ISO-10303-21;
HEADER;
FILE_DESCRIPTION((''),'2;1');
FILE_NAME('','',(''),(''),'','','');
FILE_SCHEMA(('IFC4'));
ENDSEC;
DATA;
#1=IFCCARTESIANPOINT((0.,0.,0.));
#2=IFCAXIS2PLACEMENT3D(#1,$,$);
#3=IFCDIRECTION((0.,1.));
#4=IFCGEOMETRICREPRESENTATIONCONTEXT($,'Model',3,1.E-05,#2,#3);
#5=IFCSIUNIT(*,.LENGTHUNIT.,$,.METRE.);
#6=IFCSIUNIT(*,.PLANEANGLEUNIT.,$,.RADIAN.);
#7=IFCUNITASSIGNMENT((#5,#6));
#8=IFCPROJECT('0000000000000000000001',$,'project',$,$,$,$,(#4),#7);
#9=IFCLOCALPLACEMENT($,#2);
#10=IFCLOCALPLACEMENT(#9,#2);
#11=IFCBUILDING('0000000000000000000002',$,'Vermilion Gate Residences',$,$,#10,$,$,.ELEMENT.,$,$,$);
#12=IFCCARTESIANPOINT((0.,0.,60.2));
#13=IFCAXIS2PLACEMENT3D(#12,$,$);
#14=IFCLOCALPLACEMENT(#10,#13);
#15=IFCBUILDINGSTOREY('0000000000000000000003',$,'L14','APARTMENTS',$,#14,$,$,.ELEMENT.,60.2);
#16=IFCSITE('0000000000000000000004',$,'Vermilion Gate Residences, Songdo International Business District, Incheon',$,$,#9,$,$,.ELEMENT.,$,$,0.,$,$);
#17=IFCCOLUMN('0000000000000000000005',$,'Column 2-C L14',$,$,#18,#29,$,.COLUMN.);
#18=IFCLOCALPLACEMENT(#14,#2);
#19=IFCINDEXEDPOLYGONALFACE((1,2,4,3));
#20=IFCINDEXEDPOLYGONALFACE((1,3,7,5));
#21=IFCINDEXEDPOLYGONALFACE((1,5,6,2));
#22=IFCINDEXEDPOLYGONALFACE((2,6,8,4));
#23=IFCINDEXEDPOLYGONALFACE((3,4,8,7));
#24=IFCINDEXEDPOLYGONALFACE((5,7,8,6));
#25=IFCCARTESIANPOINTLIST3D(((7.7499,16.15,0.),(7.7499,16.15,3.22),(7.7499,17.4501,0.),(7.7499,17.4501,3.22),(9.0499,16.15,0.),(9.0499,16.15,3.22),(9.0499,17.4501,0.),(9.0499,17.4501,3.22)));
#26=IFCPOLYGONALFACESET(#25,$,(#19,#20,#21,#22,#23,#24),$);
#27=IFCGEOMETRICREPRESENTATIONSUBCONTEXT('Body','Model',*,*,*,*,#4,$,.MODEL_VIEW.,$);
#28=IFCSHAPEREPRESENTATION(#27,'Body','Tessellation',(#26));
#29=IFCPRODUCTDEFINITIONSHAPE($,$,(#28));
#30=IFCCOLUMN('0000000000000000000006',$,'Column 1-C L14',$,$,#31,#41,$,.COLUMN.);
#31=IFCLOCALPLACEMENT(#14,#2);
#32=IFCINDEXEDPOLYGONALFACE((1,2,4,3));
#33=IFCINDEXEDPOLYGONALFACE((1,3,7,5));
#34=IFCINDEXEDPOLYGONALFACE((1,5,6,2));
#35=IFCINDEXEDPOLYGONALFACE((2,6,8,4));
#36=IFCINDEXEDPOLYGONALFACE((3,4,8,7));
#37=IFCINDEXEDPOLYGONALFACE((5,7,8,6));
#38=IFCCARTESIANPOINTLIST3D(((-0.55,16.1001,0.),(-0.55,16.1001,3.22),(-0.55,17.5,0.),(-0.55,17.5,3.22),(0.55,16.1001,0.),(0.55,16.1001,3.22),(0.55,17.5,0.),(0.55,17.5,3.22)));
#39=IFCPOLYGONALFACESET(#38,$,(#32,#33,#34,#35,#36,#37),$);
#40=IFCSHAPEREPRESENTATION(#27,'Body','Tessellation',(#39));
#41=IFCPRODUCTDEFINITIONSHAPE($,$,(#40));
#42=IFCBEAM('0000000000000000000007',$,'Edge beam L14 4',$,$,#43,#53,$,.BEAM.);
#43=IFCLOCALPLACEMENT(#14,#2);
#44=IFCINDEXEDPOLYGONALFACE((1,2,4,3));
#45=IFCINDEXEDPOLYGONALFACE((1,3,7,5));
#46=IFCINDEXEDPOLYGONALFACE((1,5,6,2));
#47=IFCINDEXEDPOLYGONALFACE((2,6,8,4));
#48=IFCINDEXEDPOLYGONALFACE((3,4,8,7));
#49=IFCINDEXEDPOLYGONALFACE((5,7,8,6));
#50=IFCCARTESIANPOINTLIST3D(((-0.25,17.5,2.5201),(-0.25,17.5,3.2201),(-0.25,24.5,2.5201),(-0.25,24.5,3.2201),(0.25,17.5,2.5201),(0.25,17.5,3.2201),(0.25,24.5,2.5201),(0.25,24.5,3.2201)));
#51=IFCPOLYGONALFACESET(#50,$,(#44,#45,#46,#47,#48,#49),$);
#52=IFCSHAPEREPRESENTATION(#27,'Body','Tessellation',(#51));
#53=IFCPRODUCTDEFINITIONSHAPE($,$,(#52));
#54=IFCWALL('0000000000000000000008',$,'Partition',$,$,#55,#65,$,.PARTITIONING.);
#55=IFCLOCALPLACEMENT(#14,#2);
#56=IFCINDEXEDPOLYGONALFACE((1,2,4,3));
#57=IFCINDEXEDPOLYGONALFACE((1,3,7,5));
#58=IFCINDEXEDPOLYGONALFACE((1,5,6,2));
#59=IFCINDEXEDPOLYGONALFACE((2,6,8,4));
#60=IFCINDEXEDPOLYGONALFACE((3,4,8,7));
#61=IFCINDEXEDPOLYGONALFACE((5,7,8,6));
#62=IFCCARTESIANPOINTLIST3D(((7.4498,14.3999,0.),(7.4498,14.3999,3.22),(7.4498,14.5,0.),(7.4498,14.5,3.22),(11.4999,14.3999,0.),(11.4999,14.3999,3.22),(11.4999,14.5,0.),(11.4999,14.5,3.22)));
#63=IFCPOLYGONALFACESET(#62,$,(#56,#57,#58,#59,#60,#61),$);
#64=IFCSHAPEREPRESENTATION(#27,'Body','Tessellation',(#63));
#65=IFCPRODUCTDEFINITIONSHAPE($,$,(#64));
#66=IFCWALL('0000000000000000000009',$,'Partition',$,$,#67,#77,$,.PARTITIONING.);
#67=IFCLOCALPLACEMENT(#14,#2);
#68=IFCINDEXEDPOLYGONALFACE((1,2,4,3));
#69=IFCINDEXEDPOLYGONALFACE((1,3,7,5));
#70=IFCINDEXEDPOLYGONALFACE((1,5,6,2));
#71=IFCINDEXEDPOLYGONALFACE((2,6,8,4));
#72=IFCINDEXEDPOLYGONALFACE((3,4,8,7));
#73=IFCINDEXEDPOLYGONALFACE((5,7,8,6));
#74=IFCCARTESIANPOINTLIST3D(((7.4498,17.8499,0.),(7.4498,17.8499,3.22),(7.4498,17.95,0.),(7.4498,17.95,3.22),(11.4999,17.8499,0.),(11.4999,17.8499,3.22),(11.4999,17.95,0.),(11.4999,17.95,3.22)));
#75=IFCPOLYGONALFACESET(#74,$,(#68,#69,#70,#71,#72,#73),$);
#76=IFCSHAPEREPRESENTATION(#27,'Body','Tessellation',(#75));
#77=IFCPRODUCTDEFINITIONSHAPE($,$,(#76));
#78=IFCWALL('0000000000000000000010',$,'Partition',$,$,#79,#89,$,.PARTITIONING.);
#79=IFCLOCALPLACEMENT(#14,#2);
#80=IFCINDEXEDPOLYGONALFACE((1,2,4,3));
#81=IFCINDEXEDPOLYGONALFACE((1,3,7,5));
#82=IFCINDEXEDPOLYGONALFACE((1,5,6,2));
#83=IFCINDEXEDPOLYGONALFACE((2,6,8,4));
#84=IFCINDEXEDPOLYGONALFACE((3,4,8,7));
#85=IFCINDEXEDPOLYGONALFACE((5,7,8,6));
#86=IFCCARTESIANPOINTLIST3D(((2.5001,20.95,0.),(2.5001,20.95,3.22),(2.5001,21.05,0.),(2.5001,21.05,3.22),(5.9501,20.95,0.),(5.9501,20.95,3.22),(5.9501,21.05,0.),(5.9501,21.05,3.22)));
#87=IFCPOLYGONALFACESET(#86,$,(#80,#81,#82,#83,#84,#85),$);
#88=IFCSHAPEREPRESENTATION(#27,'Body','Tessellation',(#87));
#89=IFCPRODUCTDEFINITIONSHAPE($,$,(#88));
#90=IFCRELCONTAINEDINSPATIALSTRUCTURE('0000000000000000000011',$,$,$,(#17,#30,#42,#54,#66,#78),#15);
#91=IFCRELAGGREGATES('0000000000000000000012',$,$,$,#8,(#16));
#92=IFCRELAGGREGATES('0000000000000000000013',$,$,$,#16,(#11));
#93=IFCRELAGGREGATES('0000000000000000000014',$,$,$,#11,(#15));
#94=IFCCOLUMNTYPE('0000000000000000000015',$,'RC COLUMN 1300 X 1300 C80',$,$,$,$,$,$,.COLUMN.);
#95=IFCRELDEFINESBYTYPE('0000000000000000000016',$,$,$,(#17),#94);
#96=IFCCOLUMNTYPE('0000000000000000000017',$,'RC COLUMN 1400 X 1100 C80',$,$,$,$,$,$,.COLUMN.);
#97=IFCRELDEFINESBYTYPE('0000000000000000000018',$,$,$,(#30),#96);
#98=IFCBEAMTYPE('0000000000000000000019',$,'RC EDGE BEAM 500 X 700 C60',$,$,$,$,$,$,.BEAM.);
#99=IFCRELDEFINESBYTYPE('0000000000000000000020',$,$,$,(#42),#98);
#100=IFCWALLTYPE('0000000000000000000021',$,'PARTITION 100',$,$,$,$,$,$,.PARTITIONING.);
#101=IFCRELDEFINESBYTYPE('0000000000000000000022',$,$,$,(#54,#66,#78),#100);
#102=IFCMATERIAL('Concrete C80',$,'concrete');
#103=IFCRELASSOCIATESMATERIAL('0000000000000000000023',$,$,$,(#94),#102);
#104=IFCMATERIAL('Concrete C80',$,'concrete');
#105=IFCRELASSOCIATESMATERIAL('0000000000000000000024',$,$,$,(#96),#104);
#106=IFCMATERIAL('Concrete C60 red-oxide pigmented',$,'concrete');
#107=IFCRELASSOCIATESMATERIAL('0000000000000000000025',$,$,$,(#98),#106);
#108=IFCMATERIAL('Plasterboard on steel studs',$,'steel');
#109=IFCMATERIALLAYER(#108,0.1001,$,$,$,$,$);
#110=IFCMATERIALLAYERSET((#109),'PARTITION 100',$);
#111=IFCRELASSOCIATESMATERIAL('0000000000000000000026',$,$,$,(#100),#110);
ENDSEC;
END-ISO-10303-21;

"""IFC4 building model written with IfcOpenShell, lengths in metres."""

from ifc_helpers import new_model, si_unit, direction, frame, frame_2d, origin, origin_2d, place, context, subcontext, project, spatial, rectangle, extrude, material, layer, layer_set, material_profile, profile_set, type_object, element, save


model = new_model("IFC4")

# Units and contexts
model_context = context("Model", 3, precision=1e-05, world=origin(), true_north=direction((0.0, 1.0)))
body_context = subcontext(model_context, "Body", "Model", "MODEL_VIEW")
ifc_project = project(units=[si_unit("LENGTHUNIT", "METRE"), si_unit("PLANEANGLEUNIT", "RADIAN")], contexts=[model_context])

# Site, building, storey
site_placement = place(None, origin())
site = spatial("IfcSite", under=ifc_project, at=site_placement, Name="Vermilion Gate Residences, Songdo International Business District, Incheon", CompositionType="ELEMENT", RefElevation=0.0)
building_placement = place(site_placement, origin())
building = spatial("IfcBuilding", under=site, at=building_placement, Name="Vermilion Gate Residences", CompositionType="ELEMENT")
storey_placement = place(building_placement, frame((0.0, 0.0, 60.2)))
storey = spatial("IfcBuildingStorey", under=building, at=storey_placement, Name="L14", Description="APARTMENTS", CompositionType="ELEMENT", Elevation=60.2)

# Columns
ifc_material_1 = material(Name="Concrete C80", Category="concrete")
ifc_material_profile_1 = material_profile(ifc_material_1, rectangle(XDim=1.3, YDim=1.3, at=origin_2d()), Name="RC-1300x1300")
ifc_profile_set_1 = profile_set([ifc_material_profile_1], Name="Concrete C80")
column_type_1 = type_object("IfcColumnType", Name="RC COLUMN 1300 X 1300 C80", PredefinedType="COLUMN", material=ifc_profile_set_1)
column_1_placement = place(storey_placement, frame((8.3999, 16.8, 0.0), z_axis=(0.0, 0.0, 1.0), x_axis=(1.0, 0.0, 0.0)))
element("IfcColumn", 1, at=column_1_placement, inside=storey, type_object=column_type_1, Name="Column 2-C L14", PredefinedType="COLUMN", context=body_context, shape_type="SweptSolid", body=[
    extrude(rectangle(XDim=1.3, YDim=1.3, at=origin_2d()), origin(), (0.0, 0.0, 1.0), 3.22),
])
ifc_material_2 = material(Name="Concrete C80", Category="concrete")
ifc_material_profile_2 = material_profile(ifc_material_2, rectangle(XDim=1.3999, YDim=1.1001, at=origin_2d()), Name="RC-1400x1100")
ifc_profile_set_2 = profile_set([ifc_material_profile_2], Name="Concrete C80")
column_type_2 = type_object("IfcColumnType", Name="RC COLUMN 1400 X 1100 C80", PredefinedType="COLUMN", material=ifc_profile_set_2)
column_2_placement = place(storey_placement, frame((0.0, 16.8, 0.0), z_axis=(0.0, 0.0, 1.0), x_axis=(0.0, 1.0, 0.0)))
element("IfcColumn", 2, at=column_2_placement, inside=storey, type_object=column_type_2, Name="Column 1-C L14", PredefinedType="COLUMN", context=body_context, shape_type="SweptSolid", body=[
    extrude(rectangle(XDim=1.3999, YDim=1.1001, at=origin_2d()), origin(), (0.0, 0.0, 1.0), 3.22),
])

# Beam
ifc_material_3 = material(Name="Concrete C60 red-oxide pigmented", Category="concrete")
ifc_material_profile_3 = material_profile(ifc_material_3, rectangle(XDim=0.5, YDim=0.7, at=origin_2d()), Name="RC-500x700")
ifc_profile_set_3 = profile_set([ifc_material_profile_3], Name="Concrete C60 red-oxide pigmented")
beam_type = type_object("IfcBeamType", Name="RC EDGE BEAM 500 X 700 C60", PredefinedType="BEAM", material=ifc_profile_set_3)
beam_placement = place(storey_placement, frame((0.0, 17.5, 2.8701), z_axis=(0.0, 1.0, 0.0), x_axis=(-1.0, 0.0, 0.0)))
element("IfcBeam", 3, at=beam_placement, inside=storey, type_object=beam_type, Name="Edge beam L14 4", PredefinedType="BEAM", context=body_context, shape_type="SweptSolid", body=[
    extrude(rectangle(XDim=0.5, YDim=0.7, at=origin_2d()), origin(), (0.0, 0.0, 1.0), 7.0),
])

# Walls
ifc_material_4 = material(Name="Plasterboard on steel studs", Category="steel")
ifc_layer_1 = layer(ifc_material_4, 0.1001)
ifc_layer_set_1 = layer_set([ifc_layer_1], Name="PARTITION 100")
wall_type_1 = type_object("IfcWallType", Name="PARTITION 100", PredefinedType="PARTITIONING", material=ifc_layer_set_1)
for number, where, z_axis, x_axis, name in (
    (4, (7.45, 14.45, 0.0), (0.0, 0.0, 1.0), (1.0, 0.0, 0.0), "Partition"),
    (5, (7.45, 17.8999, 0.0), (0.0, 0.0, 1.0), (1.0, 0.0, 0.0), "Partition"),
):
    element("IfcWall", number, at=place(storey_placement, frame(where, z_axis=z_axis, x_axis=x_axis)), inside=storey, type_object=wall_type_1, Name=name, PredefinedType="PARTITIONING", context=body_context, shape_type="SweptSolid", body=[
        extrude(rectangle(XDim=4.05, YDim=0.1001, at=frame_2d((2.0249, 0.0))), origin(), (0.0, 0.0, 1.0), 3.22),
    ])
wall_1_placement = place(storey_placement, frame((2.5, 21.0, 0.0), z_axis=(0.0, 0.0, 1.0), x_axis=(1.0, 0.0, 0.0)))
element("IfcWall", 6, at=wall_1_placement, inside=storey, type_object=wall_type_1, Name="Partition", PredefinedType="PARTITIONING", context=body_context, shape_type="SweptSolid", body=[
    extrude(rectangle(XDim=3.45, YDim=0.1001, at=frame_2d((1.7251, 0.0))), origin(), (0.0, 0.0, 1.0), 3.22),
])

save(model, "model.ifc")
